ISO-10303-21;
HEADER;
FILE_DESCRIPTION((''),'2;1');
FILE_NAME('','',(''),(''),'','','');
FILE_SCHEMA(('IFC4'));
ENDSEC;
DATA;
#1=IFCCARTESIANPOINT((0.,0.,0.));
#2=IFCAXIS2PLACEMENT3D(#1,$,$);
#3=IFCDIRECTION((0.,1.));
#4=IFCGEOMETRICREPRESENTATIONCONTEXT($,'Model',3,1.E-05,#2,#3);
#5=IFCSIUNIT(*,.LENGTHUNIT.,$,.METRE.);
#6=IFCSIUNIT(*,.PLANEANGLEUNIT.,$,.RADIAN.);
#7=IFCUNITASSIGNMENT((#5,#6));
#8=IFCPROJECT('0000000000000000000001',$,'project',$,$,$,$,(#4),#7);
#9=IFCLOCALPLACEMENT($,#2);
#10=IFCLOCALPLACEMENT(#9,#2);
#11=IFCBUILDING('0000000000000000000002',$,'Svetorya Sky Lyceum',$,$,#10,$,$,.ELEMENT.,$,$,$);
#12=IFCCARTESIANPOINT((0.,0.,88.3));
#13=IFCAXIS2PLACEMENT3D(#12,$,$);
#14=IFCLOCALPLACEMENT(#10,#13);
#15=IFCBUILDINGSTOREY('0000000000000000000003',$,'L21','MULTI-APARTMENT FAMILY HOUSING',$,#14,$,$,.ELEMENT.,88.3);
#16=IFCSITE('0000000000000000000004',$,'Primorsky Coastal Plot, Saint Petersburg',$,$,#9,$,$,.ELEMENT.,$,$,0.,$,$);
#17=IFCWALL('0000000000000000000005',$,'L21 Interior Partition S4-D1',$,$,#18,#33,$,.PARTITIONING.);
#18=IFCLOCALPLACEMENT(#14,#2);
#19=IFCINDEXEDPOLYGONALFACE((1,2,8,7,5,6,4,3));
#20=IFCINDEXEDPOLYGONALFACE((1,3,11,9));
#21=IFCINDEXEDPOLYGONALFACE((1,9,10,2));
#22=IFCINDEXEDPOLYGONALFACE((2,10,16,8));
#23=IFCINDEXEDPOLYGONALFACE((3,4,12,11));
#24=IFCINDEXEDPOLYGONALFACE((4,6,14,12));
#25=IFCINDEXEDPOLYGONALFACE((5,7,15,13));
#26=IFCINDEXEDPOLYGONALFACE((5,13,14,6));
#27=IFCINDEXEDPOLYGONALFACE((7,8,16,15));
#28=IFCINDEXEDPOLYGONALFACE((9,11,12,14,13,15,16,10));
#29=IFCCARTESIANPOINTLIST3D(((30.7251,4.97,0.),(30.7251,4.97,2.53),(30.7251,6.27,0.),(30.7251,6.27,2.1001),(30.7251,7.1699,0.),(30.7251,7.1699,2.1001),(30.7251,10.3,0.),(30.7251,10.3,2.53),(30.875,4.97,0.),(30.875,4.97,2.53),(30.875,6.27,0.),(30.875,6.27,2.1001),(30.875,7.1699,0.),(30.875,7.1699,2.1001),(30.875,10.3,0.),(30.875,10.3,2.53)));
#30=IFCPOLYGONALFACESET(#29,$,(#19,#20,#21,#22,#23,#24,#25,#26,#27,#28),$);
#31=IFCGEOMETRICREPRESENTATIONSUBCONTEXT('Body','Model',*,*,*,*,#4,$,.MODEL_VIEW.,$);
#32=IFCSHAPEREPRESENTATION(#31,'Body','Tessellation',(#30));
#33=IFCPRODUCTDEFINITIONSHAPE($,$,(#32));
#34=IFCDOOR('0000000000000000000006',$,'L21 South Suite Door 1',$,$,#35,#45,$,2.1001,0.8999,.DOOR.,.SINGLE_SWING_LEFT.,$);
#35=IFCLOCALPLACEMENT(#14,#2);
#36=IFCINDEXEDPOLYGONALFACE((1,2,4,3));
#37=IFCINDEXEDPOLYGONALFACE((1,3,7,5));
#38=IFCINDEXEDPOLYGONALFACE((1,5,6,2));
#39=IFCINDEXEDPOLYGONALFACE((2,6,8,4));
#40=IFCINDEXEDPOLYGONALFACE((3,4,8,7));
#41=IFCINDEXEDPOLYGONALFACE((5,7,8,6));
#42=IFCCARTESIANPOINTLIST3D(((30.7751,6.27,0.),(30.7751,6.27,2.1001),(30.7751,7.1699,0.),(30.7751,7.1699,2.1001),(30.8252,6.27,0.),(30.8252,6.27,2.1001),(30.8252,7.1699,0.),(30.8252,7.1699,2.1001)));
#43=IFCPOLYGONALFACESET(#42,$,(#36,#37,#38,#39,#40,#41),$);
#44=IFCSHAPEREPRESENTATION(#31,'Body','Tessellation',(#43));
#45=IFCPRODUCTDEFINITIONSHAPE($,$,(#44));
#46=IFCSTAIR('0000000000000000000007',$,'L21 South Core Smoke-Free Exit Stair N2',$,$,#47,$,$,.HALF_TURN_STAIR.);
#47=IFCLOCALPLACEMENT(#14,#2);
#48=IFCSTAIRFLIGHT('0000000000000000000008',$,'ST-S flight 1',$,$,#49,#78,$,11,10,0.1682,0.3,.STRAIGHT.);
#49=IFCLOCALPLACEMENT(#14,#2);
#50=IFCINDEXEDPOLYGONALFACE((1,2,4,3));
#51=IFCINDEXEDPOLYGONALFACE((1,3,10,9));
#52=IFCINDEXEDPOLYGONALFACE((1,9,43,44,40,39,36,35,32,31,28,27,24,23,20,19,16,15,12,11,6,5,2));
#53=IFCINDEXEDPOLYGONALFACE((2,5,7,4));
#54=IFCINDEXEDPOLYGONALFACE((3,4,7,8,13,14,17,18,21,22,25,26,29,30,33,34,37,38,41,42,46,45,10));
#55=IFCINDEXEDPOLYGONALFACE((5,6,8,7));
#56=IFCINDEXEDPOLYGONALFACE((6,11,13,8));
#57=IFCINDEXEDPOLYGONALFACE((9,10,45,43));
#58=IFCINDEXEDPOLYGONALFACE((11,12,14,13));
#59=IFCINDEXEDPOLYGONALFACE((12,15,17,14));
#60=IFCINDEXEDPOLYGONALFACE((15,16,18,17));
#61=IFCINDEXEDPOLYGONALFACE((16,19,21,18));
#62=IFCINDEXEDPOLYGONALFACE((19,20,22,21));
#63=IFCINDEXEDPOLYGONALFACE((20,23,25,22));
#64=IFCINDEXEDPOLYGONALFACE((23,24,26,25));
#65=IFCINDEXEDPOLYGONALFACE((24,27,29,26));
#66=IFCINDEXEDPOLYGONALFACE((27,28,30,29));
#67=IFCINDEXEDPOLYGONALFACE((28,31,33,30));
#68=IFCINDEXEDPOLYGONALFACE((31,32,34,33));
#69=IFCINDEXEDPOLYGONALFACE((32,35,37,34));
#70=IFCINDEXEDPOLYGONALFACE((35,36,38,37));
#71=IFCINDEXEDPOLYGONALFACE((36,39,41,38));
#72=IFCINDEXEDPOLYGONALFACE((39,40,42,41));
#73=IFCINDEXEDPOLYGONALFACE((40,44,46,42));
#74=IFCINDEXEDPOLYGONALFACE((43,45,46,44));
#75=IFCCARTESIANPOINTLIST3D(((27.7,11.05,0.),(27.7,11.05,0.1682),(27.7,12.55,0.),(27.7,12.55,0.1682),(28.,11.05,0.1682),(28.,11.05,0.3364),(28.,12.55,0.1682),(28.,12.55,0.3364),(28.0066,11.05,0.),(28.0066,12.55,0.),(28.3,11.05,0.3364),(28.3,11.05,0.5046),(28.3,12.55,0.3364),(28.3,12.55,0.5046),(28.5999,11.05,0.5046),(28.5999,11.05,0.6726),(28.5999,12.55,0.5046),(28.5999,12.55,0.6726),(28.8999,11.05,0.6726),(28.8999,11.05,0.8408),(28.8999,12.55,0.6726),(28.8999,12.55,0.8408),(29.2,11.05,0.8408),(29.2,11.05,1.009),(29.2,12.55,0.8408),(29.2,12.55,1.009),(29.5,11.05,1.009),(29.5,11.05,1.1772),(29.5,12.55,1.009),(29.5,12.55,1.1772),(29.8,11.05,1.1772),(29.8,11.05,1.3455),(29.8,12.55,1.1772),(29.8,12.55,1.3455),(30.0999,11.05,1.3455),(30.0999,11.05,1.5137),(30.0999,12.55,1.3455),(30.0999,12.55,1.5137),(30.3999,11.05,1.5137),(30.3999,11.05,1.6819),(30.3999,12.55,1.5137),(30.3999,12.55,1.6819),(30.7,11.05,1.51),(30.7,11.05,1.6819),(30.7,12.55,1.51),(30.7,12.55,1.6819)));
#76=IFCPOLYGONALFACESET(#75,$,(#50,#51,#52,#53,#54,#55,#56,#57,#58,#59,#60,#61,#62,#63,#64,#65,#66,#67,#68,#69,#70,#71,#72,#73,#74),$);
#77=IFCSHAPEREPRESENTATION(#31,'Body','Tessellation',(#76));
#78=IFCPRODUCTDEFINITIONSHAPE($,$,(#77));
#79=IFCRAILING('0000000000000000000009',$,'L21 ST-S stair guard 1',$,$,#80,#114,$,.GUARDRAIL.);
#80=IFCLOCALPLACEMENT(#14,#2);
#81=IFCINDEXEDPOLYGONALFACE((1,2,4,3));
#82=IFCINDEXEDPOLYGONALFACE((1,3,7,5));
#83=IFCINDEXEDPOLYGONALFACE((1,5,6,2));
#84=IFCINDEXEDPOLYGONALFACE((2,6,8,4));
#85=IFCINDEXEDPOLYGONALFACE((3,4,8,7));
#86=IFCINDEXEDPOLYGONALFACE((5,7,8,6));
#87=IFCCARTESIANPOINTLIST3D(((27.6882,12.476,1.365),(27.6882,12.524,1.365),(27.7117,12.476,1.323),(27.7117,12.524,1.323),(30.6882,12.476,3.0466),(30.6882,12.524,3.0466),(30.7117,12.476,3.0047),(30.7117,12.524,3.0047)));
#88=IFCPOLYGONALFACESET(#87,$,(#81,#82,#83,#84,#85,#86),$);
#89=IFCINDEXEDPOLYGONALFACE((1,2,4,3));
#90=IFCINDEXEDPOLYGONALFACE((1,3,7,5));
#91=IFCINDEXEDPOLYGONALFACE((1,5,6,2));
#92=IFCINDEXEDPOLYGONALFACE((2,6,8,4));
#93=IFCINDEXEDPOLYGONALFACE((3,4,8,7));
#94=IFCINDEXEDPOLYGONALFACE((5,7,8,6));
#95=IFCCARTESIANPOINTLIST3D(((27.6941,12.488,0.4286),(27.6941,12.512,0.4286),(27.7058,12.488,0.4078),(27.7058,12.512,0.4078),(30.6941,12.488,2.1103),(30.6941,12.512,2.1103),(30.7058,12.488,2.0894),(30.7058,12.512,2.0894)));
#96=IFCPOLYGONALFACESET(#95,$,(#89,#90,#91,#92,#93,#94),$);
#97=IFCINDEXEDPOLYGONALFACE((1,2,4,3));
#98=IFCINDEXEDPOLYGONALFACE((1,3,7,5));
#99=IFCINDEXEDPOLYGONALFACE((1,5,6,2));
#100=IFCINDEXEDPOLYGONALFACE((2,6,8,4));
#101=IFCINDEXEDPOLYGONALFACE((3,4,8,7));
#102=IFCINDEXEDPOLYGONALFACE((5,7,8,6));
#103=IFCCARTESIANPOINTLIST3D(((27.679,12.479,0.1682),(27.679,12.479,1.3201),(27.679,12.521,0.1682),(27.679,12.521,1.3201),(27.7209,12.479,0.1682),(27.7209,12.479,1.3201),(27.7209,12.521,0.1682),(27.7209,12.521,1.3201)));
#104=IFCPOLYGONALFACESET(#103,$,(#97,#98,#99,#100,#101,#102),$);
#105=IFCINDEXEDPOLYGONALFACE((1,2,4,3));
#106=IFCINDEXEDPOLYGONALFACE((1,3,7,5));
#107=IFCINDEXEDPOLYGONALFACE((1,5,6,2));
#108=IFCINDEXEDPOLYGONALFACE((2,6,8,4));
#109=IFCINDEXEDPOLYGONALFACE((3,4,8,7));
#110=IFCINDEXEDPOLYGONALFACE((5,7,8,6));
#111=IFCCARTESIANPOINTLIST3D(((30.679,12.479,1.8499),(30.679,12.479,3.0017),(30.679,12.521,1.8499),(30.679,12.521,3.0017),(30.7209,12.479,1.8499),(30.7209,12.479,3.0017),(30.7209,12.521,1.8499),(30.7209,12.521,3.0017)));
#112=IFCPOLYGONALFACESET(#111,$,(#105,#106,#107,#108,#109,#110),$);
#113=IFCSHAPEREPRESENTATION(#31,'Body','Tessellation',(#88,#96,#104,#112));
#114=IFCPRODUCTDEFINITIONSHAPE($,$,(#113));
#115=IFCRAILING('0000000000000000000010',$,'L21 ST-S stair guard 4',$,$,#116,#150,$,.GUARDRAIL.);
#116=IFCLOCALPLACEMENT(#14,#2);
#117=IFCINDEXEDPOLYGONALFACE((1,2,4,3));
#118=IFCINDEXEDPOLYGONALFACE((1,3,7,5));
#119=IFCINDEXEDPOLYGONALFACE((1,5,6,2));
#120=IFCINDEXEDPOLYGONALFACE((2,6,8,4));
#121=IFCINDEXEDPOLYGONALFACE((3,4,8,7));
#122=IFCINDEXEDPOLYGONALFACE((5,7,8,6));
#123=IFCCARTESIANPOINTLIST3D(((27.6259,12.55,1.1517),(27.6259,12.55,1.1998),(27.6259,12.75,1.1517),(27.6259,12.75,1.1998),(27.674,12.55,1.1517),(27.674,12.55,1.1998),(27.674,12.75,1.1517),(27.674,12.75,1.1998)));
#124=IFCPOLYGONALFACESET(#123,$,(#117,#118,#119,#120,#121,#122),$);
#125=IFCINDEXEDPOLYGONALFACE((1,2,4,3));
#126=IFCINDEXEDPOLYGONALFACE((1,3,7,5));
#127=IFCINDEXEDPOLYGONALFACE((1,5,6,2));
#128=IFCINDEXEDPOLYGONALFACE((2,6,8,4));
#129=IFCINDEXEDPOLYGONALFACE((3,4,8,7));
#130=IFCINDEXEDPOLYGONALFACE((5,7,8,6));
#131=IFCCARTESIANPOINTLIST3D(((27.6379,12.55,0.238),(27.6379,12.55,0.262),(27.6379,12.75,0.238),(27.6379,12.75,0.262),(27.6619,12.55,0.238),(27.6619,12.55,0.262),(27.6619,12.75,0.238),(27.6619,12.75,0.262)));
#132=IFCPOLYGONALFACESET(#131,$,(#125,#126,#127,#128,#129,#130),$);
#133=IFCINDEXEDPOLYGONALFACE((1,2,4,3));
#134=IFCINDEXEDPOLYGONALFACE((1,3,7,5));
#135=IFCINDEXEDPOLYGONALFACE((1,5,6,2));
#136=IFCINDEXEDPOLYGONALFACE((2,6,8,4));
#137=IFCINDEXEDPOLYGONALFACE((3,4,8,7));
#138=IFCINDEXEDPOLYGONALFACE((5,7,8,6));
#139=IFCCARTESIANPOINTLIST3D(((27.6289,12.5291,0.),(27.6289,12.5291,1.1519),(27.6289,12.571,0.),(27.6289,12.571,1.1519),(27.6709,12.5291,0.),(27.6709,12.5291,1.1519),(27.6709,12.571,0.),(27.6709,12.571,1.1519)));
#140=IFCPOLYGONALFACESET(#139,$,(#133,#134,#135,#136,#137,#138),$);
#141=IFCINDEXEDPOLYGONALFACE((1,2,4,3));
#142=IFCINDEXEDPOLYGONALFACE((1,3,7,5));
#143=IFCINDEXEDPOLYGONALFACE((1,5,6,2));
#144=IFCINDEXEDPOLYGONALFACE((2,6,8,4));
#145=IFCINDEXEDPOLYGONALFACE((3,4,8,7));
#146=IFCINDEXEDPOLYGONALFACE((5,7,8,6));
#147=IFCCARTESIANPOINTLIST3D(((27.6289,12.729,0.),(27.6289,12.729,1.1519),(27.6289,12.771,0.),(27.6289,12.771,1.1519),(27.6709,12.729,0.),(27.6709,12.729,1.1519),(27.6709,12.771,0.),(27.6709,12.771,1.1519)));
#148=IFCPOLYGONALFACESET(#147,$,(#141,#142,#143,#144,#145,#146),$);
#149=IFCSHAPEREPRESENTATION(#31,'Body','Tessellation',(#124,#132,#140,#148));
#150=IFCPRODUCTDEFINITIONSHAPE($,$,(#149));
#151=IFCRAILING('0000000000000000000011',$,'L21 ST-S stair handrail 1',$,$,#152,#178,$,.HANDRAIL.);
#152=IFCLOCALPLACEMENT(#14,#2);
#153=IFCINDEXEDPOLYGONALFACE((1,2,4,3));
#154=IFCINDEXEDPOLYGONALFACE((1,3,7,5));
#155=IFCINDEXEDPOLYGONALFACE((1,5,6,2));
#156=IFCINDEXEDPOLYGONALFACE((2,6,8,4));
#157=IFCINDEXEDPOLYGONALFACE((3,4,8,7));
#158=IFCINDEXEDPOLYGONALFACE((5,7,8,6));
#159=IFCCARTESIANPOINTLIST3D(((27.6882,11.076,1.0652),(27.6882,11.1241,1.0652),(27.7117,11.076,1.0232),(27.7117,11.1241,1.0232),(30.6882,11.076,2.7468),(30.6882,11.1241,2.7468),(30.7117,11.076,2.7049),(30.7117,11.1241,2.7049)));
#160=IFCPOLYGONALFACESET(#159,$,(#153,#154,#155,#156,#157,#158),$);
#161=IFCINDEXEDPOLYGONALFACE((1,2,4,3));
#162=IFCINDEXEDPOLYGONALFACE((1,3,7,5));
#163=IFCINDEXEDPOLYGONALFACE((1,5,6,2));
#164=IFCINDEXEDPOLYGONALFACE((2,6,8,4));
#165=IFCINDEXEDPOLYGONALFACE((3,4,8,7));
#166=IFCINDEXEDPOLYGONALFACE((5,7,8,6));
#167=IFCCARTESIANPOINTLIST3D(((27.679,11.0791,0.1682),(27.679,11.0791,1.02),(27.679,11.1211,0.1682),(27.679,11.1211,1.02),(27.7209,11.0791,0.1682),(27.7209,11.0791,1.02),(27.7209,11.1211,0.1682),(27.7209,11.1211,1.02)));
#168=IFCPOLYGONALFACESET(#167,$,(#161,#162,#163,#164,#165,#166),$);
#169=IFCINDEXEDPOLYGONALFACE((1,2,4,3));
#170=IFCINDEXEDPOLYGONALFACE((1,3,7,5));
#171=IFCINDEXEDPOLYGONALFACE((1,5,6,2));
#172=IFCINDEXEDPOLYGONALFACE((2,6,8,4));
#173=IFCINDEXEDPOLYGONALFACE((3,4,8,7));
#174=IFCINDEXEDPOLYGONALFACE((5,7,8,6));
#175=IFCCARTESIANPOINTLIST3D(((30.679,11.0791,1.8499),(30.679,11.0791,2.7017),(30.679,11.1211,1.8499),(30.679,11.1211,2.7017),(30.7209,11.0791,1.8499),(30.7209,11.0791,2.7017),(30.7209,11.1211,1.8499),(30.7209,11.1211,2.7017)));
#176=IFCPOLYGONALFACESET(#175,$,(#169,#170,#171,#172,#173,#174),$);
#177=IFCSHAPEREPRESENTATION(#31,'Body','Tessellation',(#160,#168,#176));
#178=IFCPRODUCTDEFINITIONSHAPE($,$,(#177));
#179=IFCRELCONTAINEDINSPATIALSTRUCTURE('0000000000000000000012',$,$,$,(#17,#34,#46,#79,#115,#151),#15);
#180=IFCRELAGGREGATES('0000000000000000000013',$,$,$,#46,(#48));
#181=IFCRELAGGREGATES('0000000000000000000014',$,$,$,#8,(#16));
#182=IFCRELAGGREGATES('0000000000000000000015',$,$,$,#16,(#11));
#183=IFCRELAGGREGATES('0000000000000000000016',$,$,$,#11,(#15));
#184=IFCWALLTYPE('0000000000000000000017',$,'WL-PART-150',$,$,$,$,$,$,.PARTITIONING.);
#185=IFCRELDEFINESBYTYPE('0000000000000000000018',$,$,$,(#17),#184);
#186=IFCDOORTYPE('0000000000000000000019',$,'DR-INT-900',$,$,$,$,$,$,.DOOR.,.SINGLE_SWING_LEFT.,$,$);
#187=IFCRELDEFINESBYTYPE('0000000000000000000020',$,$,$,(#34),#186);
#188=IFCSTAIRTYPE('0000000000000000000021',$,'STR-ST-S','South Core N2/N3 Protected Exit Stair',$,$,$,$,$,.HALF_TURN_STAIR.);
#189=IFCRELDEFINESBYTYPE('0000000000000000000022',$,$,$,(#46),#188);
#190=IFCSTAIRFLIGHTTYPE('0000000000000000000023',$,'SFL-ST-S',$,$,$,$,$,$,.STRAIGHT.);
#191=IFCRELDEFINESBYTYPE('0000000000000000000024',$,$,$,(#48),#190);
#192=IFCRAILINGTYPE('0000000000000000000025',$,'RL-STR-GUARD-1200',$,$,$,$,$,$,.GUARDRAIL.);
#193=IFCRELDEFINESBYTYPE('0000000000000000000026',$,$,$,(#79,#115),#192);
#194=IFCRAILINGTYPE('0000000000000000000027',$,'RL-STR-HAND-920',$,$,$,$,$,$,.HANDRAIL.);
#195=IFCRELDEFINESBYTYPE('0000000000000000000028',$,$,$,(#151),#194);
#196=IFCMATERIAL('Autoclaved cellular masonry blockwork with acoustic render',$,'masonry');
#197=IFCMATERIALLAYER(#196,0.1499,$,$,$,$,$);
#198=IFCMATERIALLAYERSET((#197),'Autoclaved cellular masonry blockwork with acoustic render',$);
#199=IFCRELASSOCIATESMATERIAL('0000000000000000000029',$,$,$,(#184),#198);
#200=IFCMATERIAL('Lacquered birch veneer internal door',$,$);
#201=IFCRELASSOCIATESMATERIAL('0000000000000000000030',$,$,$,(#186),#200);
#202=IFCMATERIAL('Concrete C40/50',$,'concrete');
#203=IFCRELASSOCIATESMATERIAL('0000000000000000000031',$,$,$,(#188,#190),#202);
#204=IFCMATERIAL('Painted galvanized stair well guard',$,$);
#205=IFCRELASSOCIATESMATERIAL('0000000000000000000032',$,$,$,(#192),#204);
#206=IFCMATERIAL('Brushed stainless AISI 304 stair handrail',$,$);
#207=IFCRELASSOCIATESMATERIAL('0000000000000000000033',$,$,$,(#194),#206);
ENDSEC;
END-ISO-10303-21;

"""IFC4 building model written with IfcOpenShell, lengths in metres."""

from ifc_helpers import new_model, si_unit, direction, frame, frame_2d, origin, origin_2d, place, context, subcontext, project, spatial, polyline, rectangle, outline, extrude, material, layer, layer_set, type_object, element, fill, aggregate, save


model = new_model("IFC4")

# Units and contexts
model_context = context("Model", 3, precision=1e-05, world=origin(), true_north=direction((0.0, 1.0)))
body_context = subcontext(model_context, "Body", "Model", "MODEL_VIEW")
ifc_project = project(units=[si_unit("LENGTHUNIT", "METRE"), si_unit("PLANEANGLEUNIT", "RADIAN")], contexts=[model_context])

# Site, building, storey
site_placement = place(None, origin())
site = spatial("IfcSite", under=ifc_project, at=site_placement, Name="Primorsky Coastal Plot, Saint Petersburg", CompositionType="ELEMENT", RefElevation=0.0)
building_placement = place(site_placement, origin())
building = spatial("IfcBuilding", under=site, at=building_placement, Name="Svetorya Sky Lyceum", CompositionType="ELEMENT")
storey_placement = place(building_placement, frame((0.0, 0.0, 88.3)))
storey = spatial("IfcBuildingStorey", under=building, at=storey_placement, Name="L21", Description="MULTI-APARTMENT FAMILY HOUSING", CompositionType="ELEMENT", Elevation=88.3)

# Shared definitions
ifc_material_1 = material(Name="Concrete C40/50", Category="concrete")

# Wall, opening, door
ifc_material_2 = material(Name="Autoclaved cellular masonry blockwork with acoustic render", Category="masonry")
ifc_layer_1 = layer(ifc_material_2, 0.1499)
ifc_layer_set_1 = layer_set([ifc_layer_1], Name="Autoclaved cellular masonry blockwork with acoustic render")
wall_type_1 = type_object("IfcWallType", Name="WL-PART-150", PredefinedType="PARTITIONING", material=ifc_layer_set_1)
wall_1_placement = place(storey_placement, frame((30.8, 4.97, 0.0), z_axis=(0.0, 0.0, 1.0), x_axis=(0.0, 1.0, 0.0)))
wall_1 = element("IfcWall", 1, at=wall_1_placement, inside=storey, type_object=wall_type_1, Name="L21 Interior Partition S4-D1", PredefinedType="PARTITIONING", context=body_context, shape_type="SweptSolid", body=[
    extrude(rectangle(XDim=5.3301, YDim=0.1499, at=frame_2d((2.665, 0.0))), origin(), (0.0, 0.0, 1.0), 2.53),
])
opening_placement = place(wall_1_placement, frame((1.3, 0.0, 0.0)))
opening = element("IfcOpeningElement", 2, at=opening_placement, cuts=wall_1, PredefinedType="OPENING", context=body_context, shape_type="SweptSolid", body=[
    extrude(rectangle(XDim=0.8999, YDim=2.1001, at=frame_2d((0.45, 1.05))), frame((0.0, 0.085, 0.0), z_axis=(0.0, -1.0, 0.0), x_axis=(1.0, 0.0, 0.0)), (0.0, 0.0, 1.0), 0.1699),
])
ifc_material_3 = material(Name="Lacquered birch veneer internal door")
door_type = type_object("IfcDoorType", Name="DR-INT-900", OperationType="SINGLE_SWING_LEFT", PredefinedType="DOOR", material=ifc_material_3)
door_placement = place(opening_placement, origin())
door = element("IfcDoor", 3, at=door_placement, inside=storey, type_object=door_type, Name="L21 South Suite Door 1", OperationType="SINGLE_SWING_LEFT", OverallHeight=2.1001, OverallWidth=0.8999, PredefinedType="DOOR", context=body_context, shape_type="SweptSolid", body=[
    extrude(rectangle(XDim=0.8999, YDim=2.1001, at=frame_2d((0.45, 1.05))), frame((0.0, 0.0249, 0.0), z_axis=(0.0, -1.0, 0.0), x_axis=(1.0, 0.0, 0.0)), (0.0, 0.0, 1.0), 0.05),
])
fill(opening, door)

# Stair, stair flight
stair_type = type_object("IfcStairType", Name="STR-ST-S", Description="South Core N2/N3 Protected Exit Stair", PredefinedType="HALF_TURN_STAIR", material=ifc_material_1)
stair_placement = place(storey_placement, origin())
stair = element("IfcStair", 4, at=stair_placement, inside=storey, type_object=stair_type, Name="L21 South Core Smoke-Free Exit Stair N2", PredefinedType="HALF_TURN_STAIR")
stair_flight_type = type_object("IfcStairFlightType", Name="SFL-ST-S", PredefinedType="STRAIGHT", material=ifc_material_1)
stair_flight_placement = place(storey_placement, frame((27.7, 11.8, 0.0), z_axis=(0.0, 0.0, 1.0), x_axis=(1.0, 0.0, 0.0)))
stair_flight = element("IfcStairFlight", 5, at=stair_flight_placement, type_object=stair_flight_type, Name="ST-S flight 1", NumberOfRisers=11, NumberOfTreads=10, PredefinedType="STRAIGHT", RiserHeight=0.1682, TreadLength=0.3, context=body_context, shape_type="SweptSolid", body=[
    extrude(outline(polyline([(0.0, 0.0), (0.0, 0.1682), (0.3, 0.1682), (0.3, 0.3364), (0.6001, 0.3364), (0.6001, 0.5046), (0.8999, 0.5046), (0.8999, 0.6726), (1.2, 0.6726), (1.2, 0.8408), (1.5, 0.8408), (1.5, 1.009), (1.8, 1.009), (1.8, 1.1772), (2.1001, 1.1772), (2.1001, 1.3455), (2.3999, 1.3455), (2.3999, 1.5137), (2.7, 1.5137), (2.7, 1.6819), (3.0, 1.6819), (3.0, 1.8501), (3.0, 1.51), (0.3066, 0.0), (0.0, 0.0)])), frame((0.0, 0.75, 0.0), z_axis=(0.0, -1.0, 0.0), x_axis=(1.0, 0.0, 0.0)), (0.0, 0.0, 1.0), 1.5),
])
aggregate(stair, [stair_flight])

# Railings
ifc_material_4 = material(Name="Painted galvanized stair well guard")
railing_type_1 = type_object("IfcRailingType", Name="RL-STR-GUARD-1200", PredefinedType="GUARDRAIL", material=ifc_material_4)
railing_1_placement = place(storey_placement, frame((27.7, 12.5, 0.1682)))
element("IfcRailing", 6, at=railing_1_placement, inside=storey, type_object=railing_type_1, Name="L21 ST-S stair guard 1", PredefinedType="GUARDRAIL", context=body_context, shape_type="SweptSolid", body=[
    extrude(rectangle(XDim=0.0481, YDim=0.0481, at=origin_2d()), frame((0.0, 0.0, 1.1758), z_axis=(0.872303, 0.0, 0.488966), x_axis=(0.0, 1.0, 0.0)), (0.0, 0.0, 1.0), 3.4392),
    extrude(rectangle(XDim=0.0239, YDim=0.0239, at=origin_2d()), frame((0.0, 0.0, 0.25), z_axis=(0.872303, 0.0, 0.488966), x_axis=(0.0, 1.0, 0.0)), (0.0, 0.0, 1.0), 3.4392),
    extrude(rectangle(XDim=0.042, YDim=0.042, at=origin_2d()), origin(), (0.0, 0.0, 1.0), 1.1519),
    extrude(rectangle(XDim=0.042, YDim=0.042, at=origin_2d()), frame((3.0, 0.0, 1.6816)), (0.0, 0.0, 1.0), 1.1519),
])
railing_2_placement = place(storey_placement, frame((27.6499, 12.55, 0.0)))
element("IfcRailing", 7, at=railing_2_placement, inside=storey, type_object=railing_type_1, Name="L21 ST-S stair guard 4", PredefinedType="GUARDRAIL", context=body_context, shape_type="SweptSolid", body=[
    extrude(rectangle(XDim=0.0481, YDim=0.0481, at=origin_2d()), frame((0.0, 0.0, 1.1758), z_axis=(0.0, 1.0, 0.0), x_axis=(-1.0, 0.0, 0.0)), (0.0, 0.0, 1.0), 0.2),
    extrude(rectangle(XDim=0.0239, YDim=0.0239, at=origin_2d()), frame((0.0, 0.0, 0.25), z_axis=(0.0, 1.0, 0.0), x_axis=(-1.0, 0.0, 0.0)), (0.0, 0.0, 1.0), 0.2),
    extrude(rectangle(XDim=0.042, YDim=0.042, at=origin_2d()), origin(), (0.0, 0.0, 1.0), 1.1519),
    extrude(rectangle(XDim=0.042, YDim=0.042, at=origin_2d()), frame((0.0, 0.2, 0.0)), (0.0, 0.0, 1.0), 1.1519),
])
ifc_material_5 = material(Name="Brushed stainless AISI 304 stair handrail")
railing_type_2 = type_object("IfcRailingType", Name="RL-STR-HAND-920", PredefinedType="HANDRAIL", material=ifc_material_5)
railing_3_placement = place(storey_placement, frame((27.7, 11.1001, 0.1682)))
element("IfcRailing", 8, at=railing_3_placement, inside=storey, type_object=railing_type_2, Name="L21 ST-S stair handrail 1", PredefinedType="HANDRAIL", context=body_context, shape_type="SweptSolid", body=[
    extrude(rectangle(XDim=0.0481, YDim=0.0481, at=origin_2d()), frame((0.0, 0.0, 0.876), z_axis=(0.872303, 0.0, 0.488966), x_axis=(0.0, 1.0, 0.0)), (0.0, 0.0, 1.0), 3.4392),
    extrude(rectangle(XDim=0.042, YDim=0.042, at=origin_2d()), origin(), (0.0, 0.0, 1.0), 0.8518),
    extrude(rectangle(XDim=0.042, YDim=0.042, at=origin_2d()), frame((3.0, 0.0, 1.6816)), (0.0, 0.0, 1.0), 0.8518),
])

save(model, "model.ifc")
